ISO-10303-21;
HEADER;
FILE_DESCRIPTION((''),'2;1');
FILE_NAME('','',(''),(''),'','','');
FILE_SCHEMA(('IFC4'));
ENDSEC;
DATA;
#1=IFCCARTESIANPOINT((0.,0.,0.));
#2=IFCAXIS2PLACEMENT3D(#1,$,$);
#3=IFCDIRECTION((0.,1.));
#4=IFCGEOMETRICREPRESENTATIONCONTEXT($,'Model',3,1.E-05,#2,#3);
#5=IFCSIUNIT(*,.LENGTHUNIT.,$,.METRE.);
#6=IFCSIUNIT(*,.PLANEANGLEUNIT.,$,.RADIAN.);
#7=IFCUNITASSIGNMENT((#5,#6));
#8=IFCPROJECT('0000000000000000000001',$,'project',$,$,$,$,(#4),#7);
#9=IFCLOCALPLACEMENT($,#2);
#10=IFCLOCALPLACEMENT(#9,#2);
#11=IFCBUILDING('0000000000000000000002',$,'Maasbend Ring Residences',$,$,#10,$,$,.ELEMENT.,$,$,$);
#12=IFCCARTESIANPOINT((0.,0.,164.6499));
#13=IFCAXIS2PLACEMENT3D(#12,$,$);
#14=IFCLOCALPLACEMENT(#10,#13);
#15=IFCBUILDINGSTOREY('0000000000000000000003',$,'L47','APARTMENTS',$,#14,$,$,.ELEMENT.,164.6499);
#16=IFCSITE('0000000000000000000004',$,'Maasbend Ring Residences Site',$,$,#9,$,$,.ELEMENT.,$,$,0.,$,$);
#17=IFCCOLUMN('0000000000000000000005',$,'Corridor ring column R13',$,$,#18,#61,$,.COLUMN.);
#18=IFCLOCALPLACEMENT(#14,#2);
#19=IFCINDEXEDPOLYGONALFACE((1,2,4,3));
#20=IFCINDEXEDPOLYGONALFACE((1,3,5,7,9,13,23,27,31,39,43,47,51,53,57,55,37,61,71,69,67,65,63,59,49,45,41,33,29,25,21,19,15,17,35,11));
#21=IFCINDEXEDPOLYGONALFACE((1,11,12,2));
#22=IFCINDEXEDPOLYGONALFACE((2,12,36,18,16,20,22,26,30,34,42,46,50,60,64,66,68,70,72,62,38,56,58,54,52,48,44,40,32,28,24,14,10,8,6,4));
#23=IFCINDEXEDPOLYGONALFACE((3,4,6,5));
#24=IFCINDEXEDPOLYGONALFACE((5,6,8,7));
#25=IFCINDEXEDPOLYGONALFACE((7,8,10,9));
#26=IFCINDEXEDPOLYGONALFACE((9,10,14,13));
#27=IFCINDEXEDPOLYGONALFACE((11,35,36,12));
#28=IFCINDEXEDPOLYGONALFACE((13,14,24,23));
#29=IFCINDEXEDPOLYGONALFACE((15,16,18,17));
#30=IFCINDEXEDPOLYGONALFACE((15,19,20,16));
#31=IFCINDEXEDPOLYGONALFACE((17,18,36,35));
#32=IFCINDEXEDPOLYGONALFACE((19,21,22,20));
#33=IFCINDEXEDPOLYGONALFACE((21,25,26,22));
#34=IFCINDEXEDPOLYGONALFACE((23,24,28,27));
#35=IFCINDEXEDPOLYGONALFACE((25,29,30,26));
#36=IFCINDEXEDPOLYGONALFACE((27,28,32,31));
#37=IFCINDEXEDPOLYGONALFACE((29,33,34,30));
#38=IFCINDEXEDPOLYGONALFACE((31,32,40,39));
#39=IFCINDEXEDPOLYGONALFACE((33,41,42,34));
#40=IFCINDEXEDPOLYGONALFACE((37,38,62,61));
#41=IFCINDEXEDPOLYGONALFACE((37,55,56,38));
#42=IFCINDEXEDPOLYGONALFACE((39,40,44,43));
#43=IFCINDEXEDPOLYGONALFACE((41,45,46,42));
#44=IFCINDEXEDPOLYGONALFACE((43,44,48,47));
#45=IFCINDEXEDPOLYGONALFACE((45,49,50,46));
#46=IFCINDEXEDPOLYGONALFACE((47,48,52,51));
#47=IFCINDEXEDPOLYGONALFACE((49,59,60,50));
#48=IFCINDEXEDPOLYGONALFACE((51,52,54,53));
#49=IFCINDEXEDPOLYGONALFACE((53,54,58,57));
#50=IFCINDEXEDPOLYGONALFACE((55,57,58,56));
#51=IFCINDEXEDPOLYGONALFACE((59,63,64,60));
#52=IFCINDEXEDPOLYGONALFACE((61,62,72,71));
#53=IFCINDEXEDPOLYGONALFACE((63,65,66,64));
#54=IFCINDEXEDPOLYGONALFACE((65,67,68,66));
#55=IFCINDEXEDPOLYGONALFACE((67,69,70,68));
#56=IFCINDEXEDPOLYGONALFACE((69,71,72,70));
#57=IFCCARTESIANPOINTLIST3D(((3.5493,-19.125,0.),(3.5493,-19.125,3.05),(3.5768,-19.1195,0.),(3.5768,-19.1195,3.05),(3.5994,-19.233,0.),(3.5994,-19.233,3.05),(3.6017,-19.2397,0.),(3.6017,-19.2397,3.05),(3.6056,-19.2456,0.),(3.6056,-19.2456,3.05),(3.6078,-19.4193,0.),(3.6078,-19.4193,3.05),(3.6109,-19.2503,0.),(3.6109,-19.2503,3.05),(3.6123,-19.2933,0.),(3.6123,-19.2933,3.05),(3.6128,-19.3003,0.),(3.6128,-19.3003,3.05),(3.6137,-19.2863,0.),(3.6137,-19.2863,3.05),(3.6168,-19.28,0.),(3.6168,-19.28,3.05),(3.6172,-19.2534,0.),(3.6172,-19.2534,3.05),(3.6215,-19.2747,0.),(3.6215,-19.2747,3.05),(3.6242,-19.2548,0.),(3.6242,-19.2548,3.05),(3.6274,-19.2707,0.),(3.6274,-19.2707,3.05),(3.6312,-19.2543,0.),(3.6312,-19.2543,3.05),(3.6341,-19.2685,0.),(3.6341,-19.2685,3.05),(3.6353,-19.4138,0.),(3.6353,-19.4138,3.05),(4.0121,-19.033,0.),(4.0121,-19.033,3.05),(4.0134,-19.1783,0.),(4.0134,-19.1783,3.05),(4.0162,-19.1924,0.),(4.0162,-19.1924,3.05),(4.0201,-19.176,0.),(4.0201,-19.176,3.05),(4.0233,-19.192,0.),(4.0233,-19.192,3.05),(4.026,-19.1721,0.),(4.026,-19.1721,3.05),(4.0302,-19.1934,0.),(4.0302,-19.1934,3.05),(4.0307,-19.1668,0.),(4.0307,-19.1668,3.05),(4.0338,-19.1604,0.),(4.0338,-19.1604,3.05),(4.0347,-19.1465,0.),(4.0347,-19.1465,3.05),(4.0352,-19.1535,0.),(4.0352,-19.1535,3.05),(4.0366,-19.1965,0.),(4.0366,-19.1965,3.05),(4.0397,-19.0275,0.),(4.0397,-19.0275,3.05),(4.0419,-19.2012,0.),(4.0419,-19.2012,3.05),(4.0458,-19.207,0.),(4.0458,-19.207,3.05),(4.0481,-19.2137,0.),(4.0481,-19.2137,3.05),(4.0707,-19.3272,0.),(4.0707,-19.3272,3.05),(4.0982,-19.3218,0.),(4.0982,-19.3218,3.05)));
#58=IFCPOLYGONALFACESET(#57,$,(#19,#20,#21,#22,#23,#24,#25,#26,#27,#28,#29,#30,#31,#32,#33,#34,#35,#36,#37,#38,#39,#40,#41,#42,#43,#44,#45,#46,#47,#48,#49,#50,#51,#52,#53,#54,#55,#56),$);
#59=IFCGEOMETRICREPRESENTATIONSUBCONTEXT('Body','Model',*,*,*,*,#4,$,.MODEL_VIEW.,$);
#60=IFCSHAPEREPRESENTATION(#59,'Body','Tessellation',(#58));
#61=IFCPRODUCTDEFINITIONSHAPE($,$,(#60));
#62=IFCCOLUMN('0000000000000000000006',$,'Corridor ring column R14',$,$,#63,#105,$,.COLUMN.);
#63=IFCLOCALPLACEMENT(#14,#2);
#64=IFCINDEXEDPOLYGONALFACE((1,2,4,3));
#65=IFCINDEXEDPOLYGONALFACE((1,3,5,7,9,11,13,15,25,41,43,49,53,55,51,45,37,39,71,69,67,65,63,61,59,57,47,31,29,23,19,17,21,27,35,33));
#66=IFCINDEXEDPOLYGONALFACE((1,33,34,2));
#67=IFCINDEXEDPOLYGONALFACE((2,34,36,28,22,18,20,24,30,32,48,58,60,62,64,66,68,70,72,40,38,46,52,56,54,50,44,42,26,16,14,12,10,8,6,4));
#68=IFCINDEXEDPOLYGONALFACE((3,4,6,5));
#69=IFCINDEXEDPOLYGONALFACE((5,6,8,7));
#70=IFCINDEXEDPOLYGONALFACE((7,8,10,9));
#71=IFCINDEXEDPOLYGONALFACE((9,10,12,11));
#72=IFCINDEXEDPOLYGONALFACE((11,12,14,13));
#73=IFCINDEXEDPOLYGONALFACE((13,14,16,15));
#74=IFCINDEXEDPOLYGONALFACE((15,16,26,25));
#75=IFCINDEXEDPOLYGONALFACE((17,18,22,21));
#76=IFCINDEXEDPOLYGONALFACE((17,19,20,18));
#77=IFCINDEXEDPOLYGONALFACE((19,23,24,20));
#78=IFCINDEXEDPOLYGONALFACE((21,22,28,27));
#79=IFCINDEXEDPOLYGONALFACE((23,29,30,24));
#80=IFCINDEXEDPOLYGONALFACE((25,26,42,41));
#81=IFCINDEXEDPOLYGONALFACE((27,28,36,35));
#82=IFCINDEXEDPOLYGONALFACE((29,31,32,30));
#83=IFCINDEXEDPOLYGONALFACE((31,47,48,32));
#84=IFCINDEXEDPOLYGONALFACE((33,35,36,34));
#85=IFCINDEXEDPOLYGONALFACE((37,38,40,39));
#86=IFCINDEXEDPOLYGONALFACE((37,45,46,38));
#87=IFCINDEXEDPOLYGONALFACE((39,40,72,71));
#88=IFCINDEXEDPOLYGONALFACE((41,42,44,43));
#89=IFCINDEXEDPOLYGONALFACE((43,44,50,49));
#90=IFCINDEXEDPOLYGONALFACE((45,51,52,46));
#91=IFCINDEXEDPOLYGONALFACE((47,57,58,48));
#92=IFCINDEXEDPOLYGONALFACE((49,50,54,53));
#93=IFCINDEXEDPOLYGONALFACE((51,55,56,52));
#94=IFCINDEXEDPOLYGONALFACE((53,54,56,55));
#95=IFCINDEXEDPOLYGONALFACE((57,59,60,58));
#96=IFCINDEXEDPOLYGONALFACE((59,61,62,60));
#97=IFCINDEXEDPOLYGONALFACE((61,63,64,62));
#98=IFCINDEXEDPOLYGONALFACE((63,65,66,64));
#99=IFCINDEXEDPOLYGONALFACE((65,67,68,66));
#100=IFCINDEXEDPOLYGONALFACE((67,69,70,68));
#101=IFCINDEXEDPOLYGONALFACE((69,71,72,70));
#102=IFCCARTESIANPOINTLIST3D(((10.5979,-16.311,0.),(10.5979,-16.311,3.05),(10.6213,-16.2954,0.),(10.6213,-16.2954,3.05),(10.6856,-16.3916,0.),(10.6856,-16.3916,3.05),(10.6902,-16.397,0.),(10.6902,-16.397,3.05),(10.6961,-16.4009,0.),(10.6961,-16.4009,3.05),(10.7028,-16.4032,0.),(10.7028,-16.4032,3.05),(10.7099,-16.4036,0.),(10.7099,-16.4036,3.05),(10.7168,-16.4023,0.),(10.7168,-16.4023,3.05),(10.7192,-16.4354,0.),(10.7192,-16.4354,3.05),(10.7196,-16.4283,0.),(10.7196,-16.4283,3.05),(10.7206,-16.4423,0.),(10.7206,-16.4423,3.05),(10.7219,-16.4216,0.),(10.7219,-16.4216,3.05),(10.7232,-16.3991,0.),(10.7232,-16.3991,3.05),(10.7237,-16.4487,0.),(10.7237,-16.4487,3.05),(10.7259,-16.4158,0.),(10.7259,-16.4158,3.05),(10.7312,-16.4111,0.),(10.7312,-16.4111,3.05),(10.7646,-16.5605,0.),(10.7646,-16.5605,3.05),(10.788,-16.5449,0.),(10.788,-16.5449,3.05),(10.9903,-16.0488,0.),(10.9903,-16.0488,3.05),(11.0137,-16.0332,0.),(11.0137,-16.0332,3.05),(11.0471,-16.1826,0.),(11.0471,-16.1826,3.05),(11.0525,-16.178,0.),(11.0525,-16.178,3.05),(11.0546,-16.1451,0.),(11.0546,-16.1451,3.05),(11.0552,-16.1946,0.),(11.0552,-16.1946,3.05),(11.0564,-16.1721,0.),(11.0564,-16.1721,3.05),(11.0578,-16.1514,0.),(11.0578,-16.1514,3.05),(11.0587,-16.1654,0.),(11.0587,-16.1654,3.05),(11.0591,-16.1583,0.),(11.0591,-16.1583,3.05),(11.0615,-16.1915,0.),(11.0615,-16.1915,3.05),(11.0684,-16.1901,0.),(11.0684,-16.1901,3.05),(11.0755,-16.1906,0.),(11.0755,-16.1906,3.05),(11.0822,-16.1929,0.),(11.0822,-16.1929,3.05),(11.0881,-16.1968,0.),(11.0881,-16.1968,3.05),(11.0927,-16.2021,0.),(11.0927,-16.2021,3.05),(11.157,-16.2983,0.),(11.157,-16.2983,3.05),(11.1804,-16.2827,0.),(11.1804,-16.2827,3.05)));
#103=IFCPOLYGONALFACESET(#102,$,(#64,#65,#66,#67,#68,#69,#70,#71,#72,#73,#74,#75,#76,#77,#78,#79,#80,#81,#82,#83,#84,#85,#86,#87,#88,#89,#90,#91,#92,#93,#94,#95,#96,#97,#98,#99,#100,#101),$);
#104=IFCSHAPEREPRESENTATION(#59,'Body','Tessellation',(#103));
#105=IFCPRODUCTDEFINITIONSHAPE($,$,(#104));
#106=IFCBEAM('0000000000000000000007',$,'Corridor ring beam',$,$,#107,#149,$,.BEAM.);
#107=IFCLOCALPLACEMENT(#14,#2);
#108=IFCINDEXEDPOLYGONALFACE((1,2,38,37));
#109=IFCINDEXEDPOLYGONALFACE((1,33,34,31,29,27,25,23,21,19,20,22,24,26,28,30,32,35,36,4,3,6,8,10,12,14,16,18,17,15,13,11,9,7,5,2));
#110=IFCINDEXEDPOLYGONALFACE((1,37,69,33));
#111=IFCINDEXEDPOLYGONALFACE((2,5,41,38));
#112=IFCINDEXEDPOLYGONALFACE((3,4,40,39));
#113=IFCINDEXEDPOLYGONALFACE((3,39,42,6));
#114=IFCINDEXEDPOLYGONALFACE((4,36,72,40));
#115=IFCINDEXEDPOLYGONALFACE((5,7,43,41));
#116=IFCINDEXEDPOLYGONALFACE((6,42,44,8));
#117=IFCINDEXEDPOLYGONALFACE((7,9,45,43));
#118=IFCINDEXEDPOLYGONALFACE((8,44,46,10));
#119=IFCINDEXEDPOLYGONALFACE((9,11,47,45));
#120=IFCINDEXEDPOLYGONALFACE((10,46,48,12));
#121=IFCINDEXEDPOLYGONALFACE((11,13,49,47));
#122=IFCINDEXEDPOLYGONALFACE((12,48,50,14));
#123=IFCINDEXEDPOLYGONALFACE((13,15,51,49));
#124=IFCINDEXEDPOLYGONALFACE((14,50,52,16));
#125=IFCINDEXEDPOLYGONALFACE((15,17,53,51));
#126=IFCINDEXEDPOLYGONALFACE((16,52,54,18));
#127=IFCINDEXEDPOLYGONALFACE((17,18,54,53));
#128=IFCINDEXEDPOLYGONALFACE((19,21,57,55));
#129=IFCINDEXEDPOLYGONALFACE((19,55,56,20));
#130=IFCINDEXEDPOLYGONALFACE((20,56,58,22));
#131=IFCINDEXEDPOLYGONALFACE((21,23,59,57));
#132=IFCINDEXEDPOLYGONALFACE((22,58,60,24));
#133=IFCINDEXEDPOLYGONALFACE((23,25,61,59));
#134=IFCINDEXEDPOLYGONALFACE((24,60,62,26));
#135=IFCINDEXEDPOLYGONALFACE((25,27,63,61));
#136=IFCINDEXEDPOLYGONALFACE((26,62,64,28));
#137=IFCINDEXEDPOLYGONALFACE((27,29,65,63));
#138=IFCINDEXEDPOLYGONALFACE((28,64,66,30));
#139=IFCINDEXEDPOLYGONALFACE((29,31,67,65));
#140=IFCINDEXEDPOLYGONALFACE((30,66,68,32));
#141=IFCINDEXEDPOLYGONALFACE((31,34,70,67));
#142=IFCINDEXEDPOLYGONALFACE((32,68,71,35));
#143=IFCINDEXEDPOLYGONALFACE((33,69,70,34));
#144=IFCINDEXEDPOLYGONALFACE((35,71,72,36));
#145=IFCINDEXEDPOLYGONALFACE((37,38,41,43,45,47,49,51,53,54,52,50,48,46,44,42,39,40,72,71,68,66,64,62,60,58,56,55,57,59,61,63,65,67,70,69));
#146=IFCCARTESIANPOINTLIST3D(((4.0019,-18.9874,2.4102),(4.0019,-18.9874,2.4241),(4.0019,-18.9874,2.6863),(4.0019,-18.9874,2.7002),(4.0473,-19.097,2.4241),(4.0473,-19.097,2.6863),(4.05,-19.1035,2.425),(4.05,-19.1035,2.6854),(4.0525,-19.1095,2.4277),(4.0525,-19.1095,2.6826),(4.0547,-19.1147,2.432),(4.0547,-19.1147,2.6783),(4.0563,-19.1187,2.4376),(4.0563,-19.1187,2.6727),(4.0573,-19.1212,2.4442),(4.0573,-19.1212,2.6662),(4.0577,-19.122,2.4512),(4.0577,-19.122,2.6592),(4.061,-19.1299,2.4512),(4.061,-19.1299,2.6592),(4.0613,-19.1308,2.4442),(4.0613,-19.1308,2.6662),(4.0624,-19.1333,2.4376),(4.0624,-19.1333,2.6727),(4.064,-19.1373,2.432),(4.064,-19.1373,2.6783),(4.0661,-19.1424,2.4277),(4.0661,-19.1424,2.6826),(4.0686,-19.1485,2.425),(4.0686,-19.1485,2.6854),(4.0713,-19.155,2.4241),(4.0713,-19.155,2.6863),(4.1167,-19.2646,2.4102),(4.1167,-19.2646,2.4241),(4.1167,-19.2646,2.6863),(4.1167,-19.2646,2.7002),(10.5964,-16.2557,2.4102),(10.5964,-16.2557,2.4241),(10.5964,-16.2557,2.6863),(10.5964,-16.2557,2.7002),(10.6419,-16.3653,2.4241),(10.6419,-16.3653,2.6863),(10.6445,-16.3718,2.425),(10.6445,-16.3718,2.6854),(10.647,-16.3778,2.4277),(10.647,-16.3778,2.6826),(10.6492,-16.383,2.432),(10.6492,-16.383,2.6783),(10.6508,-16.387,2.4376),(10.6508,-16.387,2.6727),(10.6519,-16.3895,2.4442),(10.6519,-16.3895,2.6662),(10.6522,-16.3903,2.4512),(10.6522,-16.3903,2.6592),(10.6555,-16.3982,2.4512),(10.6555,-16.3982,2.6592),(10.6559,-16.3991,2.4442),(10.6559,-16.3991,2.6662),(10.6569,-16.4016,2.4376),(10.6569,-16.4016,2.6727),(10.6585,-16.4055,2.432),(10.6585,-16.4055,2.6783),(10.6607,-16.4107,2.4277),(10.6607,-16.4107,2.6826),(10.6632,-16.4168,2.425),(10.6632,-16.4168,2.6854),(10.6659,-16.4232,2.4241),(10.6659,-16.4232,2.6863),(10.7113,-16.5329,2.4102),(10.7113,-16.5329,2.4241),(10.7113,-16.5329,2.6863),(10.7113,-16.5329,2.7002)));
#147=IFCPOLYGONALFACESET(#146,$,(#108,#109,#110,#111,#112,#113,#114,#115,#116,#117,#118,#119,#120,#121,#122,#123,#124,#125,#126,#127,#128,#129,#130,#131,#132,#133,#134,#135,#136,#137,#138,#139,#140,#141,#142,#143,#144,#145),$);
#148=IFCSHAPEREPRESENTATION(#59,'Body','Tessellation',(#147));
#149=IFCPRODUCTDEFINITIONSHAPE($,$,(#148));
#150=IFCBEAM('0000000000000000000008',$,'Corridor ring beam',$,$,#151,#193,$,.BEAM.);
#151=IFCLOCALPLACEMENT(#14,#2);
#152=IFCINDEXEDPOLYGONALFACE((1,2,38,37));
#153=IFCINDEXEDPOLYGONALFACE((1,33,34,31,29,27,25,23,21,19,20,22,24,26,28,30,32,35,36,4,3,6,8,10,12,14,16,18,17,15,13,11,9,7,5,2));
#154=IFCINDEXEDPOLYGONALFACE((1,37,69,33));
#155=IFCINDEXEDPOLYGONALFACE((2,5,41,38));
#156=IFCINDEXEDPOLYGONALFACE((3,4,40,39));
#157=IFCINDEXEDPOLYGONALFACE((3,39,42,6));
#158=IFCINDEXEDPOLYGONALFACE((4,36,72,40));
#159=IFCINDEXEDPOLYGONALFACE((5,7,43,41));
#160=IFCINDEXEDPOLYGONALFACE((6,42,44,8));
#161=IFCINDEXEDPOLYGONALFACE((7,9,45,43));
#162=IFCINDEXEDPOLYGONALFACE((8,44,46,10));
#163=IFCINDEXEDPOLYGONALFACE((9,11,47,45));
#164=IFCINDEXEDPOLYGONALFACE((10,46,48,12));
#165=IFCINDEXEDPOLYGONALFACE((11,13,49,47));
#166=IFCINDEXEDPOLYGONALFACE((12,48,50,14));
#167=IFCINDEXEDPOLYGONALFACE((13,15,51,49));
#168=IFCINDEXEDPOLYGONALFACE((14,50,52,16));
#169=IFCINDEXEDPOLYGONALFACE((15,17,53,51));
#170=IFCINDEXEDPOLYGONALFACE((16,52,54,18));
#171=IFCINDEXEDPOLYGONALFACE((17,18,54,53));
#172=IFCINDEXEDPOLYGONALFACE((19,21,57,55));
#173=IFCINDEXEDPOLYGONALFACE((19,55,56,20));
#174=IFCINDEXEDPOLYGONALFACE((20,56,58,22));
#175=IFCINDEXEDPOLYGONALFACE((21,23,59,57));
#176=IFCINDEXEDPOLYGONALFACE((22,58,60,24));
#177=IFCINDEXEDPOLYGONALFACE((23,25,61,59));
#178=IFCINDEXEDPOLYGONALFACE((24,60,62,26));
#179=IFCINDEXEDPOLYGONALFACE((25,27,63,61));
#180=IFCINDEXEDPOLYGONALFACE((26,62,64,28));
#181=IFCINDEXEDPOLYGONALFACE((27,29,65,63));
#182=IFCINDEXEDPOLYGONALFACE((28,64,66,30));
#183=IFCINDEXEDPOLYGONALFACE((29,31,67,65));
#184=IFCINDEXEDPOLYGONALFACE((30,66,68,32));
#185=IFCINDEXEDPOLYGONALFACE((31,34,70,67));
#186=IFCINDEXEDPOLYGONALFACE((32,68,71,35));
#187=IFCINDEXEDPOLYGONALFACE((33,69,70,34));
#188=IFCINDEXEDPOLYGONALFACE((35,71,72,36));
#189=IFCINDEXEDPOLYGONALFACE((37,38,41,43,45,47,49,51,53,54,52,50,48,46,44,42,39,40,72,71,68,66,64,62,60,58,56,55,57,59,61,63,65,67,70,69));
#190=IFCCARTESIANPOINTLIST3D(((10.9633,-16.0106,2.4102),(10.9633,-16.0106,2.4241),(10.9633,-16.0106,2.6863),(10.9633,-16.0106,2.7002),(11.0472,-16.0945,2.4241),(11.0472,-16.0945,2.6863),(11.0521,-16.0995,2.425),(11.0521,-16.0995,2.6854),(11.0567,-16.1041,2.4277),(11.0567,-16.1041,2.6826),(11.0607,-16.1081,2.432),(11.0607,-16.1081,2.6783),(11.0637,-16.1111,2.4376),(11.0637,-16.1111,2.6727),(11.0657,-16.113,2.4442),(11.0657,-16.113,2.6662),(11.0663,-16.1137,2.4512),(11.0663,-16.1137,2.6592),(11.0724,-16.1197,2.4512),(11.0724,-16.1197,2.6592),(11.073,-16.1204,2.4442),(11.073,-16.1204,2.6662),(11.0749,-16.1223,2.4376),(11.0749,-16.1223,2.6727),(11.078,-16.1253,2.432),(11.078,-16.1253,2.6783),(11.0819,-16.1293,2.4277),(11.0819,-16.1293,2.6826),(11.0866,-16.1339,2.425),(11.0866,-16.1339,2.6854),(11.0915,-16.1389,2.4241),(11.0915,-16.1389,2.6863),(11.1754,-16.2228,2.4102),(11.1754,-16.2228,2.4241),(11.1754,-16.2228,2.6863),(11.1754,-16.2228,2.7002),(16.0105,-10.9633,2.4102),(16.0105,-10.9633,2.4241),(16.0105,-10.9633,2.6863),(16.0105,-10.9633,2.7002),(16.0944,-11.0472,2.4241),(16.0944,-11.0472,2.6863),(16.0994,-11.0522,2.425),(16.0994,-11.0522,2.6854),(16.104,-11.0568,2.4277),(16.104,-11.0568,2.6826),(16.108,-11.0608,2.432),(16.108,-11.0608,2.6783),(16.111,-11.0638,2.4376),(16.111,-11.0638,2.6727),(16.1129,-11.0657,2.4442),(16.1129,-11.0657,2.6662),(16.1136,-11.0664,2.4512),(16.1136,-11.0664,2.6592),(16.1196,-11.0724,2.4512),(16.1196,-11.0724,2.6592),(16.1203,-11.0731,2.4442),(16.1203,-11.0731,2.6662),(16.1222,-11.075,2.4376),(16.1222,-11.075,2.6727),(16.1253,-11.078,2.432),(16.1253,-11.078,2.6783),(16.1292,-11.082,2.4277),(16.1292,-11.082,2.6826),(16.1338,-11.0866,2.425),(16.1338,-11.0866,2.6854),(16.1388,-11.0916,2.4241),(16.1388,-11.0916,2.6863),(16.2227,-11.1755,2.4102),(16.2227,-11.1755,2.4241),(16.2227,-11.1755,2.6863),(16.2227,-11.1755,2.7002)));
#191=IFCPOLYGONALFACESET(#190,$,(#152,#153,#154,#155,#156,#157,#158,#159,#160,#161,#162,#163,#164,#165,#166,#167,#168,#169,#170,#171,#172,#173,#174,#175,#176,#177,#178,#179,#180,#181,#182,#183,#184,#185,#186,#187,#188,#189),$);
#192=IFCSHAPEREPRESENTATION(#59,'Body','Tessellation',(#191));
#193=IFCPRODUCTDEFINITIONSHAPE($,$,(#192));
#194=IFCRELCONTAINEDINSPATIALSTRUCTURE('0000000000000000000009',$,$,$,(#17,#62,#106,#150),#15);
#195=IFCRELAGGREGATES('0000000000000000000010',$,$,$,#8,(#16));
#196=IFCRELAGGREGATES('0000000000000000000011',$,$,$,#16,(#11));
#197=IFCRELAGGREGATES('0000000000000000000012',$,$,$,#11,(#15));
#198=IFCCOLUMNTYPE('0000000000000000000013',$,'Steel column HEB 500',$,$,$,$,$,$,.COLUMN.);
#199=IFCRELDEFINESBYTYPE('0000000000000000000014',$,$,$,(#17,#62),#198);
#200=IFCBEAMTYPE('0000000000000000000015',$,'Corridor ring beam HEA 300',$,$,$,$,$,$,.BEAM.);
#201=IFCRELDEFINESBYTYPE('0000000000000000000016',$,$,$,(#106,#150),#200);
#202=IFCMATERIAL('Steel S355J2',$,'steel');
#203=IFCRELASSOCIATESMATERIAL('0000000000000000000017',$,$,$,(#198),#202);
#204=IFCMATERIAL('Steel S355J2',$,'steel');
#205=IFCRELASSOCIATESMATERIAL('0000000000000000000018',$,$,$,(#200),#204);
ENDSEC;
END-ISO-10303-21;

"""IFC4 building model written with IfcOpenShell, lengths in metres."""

from ifc_helpers import new_model, si_unit, direction, frame, origin, origin_2d, place, context, subcontext, project, spatial, i_section, extrude, material, material_profile, profile_set, type_object, element, save


model = new_model("IFC4")

# Units and contexts
model_context = context("Model", 3, precision=1e-05, world=origin(), true_north=direction((0.0, 1.0)))
body_context = subcontext(model_context, "Body", "Model", "MODEL_VIEW")
ifc_project = project(units=[si_unit("LENGTHUNIT", "METRE"), si_unit("PLANEANGLEUNIT", "RADIAN")], contexts=[model_context])

# Site, building, storey
site_placement = place(None, origin())
site = spatial("IfcSite", under=ifc_project, at=site_placement, Name="Maasbend Ring Residences Site", CompositionType="ELEMENT", RefElevation=0.0)
building_placement = place(site_placement, origin())
building = spatial("IfcBuilding", under=site, at=building_placement, Name="Maasbend Ring Residences", CompositionType="ELEMENT")
storey_placement = place(building_placement, frame((0.0, 0.0, 164.6499)))
storey = spatial("IfcBuildingStorey", under=building, at=storey_placement, Name="L47", Description="APARTMENTS", CompositionType="ELEMENT", Elevation=164.6499)

# Columns
ifc_material_1 = material(Name="Steel S355J2", Category="steel")
ifc_material_profile_1 = material_profile(ifc_material_1, i_section(OverallWidth=0.3, OverallDepth=0.5, WebThickness=0.0144, FlangeThickness=0.0281, FilletRadius=0.0271, at=origin_2d()), Name="HEB 500")
ifc_profile_set_1 = profile_set([ifc_material_profile_1], Name="Steel S355J2")
column_type = type_object("IfcColumnType", Name="Steel column HEB 500", PredefinedType="COLUMN", material=ifc_profile_set_1)
for number, where, z_axis, x_axis, name in (
    (1, (3.8237, -19.2234, 0.0), (0.0, 0.0, 1.0), (0.19509, -0.980785, 0.0), "Corridor ring column R13"),
    (2, (10.8892, -16.2969, 0.0), (0.0, 0.0, 1.0), (0.55557, -0.83147, 0.0), "Corridor ring column R14"),
):
    element("IfcColumn", number, at=place(storey_placement, frame(where, z_axis=z_axis, x_axis=x_axis)), inside=storey, type_object=column_type, Name=name, PredefinedType="COLUMN", context=body_context, shape_type="SweptSolid", body=[
        extrude(i_section(OverallWidth=0.3, OverallDepth=0.5, WebThickness=0.0144, FlangeThickness=0.0281, FilletRadius=0.0271, at=origin_2d()), origin(), (0.0, 0.0, 1.0), 3.05),
    ])

# Beams
ifc_material_2 = material(Name="Steel S355J2", Category="steel")
ifc_material_profile_2 = material_profile(ifc_material_2, i_section(OverallWidth=0.3, OverallDepth=0.29, WebThickness=0.0085, FlangeThickness=0.0139, FilletRadius=0.0271, at=origin_2d()), Name="HEA 300")
ifc_profile_set_2 = profile_set([ifc_material_profile_2], Name="Steel S355J2")
beam_type = type_object("IfcBeamType", Name="Corridor ring beam HEA 300", PredefinedType="BEAM", material=ifc_profile_set_2)
for number, where, z_axis, x_axis, name in (
    (3, (4.0593, -19.126, 2.5552), (0.923871, 0.382703, 0.0), (-0.382703, 0.923871, 0.0), "Corridor ring beam"),
    (4, (11.0693, -16.1167, 2.5552), (0.707107, 0.707107, 0.0), (-0.707107, 0.707107, 0.0), "Corridor ring beam"),
):
    element("IfcBeam", number, at=place(storey_placement, frame(where, z_axis=z_axis, x_axis=x_axis)), inside=storey, type_object=beam_type, Name=name, PredefinedType="BEAM", context=body_context, shape_type="SweptSolid", body=[
        extrude(i_section(OverallWidth=0.3, OverallDepth=0.29, WebThickness=0.0085, FlangeThickness=0.0139, FilletRadius=0.0271, at=origin_2d()), origin(), (0.0, 0.0, 1.0), 7.1379),
    ])

save(model, "model.ifc")
